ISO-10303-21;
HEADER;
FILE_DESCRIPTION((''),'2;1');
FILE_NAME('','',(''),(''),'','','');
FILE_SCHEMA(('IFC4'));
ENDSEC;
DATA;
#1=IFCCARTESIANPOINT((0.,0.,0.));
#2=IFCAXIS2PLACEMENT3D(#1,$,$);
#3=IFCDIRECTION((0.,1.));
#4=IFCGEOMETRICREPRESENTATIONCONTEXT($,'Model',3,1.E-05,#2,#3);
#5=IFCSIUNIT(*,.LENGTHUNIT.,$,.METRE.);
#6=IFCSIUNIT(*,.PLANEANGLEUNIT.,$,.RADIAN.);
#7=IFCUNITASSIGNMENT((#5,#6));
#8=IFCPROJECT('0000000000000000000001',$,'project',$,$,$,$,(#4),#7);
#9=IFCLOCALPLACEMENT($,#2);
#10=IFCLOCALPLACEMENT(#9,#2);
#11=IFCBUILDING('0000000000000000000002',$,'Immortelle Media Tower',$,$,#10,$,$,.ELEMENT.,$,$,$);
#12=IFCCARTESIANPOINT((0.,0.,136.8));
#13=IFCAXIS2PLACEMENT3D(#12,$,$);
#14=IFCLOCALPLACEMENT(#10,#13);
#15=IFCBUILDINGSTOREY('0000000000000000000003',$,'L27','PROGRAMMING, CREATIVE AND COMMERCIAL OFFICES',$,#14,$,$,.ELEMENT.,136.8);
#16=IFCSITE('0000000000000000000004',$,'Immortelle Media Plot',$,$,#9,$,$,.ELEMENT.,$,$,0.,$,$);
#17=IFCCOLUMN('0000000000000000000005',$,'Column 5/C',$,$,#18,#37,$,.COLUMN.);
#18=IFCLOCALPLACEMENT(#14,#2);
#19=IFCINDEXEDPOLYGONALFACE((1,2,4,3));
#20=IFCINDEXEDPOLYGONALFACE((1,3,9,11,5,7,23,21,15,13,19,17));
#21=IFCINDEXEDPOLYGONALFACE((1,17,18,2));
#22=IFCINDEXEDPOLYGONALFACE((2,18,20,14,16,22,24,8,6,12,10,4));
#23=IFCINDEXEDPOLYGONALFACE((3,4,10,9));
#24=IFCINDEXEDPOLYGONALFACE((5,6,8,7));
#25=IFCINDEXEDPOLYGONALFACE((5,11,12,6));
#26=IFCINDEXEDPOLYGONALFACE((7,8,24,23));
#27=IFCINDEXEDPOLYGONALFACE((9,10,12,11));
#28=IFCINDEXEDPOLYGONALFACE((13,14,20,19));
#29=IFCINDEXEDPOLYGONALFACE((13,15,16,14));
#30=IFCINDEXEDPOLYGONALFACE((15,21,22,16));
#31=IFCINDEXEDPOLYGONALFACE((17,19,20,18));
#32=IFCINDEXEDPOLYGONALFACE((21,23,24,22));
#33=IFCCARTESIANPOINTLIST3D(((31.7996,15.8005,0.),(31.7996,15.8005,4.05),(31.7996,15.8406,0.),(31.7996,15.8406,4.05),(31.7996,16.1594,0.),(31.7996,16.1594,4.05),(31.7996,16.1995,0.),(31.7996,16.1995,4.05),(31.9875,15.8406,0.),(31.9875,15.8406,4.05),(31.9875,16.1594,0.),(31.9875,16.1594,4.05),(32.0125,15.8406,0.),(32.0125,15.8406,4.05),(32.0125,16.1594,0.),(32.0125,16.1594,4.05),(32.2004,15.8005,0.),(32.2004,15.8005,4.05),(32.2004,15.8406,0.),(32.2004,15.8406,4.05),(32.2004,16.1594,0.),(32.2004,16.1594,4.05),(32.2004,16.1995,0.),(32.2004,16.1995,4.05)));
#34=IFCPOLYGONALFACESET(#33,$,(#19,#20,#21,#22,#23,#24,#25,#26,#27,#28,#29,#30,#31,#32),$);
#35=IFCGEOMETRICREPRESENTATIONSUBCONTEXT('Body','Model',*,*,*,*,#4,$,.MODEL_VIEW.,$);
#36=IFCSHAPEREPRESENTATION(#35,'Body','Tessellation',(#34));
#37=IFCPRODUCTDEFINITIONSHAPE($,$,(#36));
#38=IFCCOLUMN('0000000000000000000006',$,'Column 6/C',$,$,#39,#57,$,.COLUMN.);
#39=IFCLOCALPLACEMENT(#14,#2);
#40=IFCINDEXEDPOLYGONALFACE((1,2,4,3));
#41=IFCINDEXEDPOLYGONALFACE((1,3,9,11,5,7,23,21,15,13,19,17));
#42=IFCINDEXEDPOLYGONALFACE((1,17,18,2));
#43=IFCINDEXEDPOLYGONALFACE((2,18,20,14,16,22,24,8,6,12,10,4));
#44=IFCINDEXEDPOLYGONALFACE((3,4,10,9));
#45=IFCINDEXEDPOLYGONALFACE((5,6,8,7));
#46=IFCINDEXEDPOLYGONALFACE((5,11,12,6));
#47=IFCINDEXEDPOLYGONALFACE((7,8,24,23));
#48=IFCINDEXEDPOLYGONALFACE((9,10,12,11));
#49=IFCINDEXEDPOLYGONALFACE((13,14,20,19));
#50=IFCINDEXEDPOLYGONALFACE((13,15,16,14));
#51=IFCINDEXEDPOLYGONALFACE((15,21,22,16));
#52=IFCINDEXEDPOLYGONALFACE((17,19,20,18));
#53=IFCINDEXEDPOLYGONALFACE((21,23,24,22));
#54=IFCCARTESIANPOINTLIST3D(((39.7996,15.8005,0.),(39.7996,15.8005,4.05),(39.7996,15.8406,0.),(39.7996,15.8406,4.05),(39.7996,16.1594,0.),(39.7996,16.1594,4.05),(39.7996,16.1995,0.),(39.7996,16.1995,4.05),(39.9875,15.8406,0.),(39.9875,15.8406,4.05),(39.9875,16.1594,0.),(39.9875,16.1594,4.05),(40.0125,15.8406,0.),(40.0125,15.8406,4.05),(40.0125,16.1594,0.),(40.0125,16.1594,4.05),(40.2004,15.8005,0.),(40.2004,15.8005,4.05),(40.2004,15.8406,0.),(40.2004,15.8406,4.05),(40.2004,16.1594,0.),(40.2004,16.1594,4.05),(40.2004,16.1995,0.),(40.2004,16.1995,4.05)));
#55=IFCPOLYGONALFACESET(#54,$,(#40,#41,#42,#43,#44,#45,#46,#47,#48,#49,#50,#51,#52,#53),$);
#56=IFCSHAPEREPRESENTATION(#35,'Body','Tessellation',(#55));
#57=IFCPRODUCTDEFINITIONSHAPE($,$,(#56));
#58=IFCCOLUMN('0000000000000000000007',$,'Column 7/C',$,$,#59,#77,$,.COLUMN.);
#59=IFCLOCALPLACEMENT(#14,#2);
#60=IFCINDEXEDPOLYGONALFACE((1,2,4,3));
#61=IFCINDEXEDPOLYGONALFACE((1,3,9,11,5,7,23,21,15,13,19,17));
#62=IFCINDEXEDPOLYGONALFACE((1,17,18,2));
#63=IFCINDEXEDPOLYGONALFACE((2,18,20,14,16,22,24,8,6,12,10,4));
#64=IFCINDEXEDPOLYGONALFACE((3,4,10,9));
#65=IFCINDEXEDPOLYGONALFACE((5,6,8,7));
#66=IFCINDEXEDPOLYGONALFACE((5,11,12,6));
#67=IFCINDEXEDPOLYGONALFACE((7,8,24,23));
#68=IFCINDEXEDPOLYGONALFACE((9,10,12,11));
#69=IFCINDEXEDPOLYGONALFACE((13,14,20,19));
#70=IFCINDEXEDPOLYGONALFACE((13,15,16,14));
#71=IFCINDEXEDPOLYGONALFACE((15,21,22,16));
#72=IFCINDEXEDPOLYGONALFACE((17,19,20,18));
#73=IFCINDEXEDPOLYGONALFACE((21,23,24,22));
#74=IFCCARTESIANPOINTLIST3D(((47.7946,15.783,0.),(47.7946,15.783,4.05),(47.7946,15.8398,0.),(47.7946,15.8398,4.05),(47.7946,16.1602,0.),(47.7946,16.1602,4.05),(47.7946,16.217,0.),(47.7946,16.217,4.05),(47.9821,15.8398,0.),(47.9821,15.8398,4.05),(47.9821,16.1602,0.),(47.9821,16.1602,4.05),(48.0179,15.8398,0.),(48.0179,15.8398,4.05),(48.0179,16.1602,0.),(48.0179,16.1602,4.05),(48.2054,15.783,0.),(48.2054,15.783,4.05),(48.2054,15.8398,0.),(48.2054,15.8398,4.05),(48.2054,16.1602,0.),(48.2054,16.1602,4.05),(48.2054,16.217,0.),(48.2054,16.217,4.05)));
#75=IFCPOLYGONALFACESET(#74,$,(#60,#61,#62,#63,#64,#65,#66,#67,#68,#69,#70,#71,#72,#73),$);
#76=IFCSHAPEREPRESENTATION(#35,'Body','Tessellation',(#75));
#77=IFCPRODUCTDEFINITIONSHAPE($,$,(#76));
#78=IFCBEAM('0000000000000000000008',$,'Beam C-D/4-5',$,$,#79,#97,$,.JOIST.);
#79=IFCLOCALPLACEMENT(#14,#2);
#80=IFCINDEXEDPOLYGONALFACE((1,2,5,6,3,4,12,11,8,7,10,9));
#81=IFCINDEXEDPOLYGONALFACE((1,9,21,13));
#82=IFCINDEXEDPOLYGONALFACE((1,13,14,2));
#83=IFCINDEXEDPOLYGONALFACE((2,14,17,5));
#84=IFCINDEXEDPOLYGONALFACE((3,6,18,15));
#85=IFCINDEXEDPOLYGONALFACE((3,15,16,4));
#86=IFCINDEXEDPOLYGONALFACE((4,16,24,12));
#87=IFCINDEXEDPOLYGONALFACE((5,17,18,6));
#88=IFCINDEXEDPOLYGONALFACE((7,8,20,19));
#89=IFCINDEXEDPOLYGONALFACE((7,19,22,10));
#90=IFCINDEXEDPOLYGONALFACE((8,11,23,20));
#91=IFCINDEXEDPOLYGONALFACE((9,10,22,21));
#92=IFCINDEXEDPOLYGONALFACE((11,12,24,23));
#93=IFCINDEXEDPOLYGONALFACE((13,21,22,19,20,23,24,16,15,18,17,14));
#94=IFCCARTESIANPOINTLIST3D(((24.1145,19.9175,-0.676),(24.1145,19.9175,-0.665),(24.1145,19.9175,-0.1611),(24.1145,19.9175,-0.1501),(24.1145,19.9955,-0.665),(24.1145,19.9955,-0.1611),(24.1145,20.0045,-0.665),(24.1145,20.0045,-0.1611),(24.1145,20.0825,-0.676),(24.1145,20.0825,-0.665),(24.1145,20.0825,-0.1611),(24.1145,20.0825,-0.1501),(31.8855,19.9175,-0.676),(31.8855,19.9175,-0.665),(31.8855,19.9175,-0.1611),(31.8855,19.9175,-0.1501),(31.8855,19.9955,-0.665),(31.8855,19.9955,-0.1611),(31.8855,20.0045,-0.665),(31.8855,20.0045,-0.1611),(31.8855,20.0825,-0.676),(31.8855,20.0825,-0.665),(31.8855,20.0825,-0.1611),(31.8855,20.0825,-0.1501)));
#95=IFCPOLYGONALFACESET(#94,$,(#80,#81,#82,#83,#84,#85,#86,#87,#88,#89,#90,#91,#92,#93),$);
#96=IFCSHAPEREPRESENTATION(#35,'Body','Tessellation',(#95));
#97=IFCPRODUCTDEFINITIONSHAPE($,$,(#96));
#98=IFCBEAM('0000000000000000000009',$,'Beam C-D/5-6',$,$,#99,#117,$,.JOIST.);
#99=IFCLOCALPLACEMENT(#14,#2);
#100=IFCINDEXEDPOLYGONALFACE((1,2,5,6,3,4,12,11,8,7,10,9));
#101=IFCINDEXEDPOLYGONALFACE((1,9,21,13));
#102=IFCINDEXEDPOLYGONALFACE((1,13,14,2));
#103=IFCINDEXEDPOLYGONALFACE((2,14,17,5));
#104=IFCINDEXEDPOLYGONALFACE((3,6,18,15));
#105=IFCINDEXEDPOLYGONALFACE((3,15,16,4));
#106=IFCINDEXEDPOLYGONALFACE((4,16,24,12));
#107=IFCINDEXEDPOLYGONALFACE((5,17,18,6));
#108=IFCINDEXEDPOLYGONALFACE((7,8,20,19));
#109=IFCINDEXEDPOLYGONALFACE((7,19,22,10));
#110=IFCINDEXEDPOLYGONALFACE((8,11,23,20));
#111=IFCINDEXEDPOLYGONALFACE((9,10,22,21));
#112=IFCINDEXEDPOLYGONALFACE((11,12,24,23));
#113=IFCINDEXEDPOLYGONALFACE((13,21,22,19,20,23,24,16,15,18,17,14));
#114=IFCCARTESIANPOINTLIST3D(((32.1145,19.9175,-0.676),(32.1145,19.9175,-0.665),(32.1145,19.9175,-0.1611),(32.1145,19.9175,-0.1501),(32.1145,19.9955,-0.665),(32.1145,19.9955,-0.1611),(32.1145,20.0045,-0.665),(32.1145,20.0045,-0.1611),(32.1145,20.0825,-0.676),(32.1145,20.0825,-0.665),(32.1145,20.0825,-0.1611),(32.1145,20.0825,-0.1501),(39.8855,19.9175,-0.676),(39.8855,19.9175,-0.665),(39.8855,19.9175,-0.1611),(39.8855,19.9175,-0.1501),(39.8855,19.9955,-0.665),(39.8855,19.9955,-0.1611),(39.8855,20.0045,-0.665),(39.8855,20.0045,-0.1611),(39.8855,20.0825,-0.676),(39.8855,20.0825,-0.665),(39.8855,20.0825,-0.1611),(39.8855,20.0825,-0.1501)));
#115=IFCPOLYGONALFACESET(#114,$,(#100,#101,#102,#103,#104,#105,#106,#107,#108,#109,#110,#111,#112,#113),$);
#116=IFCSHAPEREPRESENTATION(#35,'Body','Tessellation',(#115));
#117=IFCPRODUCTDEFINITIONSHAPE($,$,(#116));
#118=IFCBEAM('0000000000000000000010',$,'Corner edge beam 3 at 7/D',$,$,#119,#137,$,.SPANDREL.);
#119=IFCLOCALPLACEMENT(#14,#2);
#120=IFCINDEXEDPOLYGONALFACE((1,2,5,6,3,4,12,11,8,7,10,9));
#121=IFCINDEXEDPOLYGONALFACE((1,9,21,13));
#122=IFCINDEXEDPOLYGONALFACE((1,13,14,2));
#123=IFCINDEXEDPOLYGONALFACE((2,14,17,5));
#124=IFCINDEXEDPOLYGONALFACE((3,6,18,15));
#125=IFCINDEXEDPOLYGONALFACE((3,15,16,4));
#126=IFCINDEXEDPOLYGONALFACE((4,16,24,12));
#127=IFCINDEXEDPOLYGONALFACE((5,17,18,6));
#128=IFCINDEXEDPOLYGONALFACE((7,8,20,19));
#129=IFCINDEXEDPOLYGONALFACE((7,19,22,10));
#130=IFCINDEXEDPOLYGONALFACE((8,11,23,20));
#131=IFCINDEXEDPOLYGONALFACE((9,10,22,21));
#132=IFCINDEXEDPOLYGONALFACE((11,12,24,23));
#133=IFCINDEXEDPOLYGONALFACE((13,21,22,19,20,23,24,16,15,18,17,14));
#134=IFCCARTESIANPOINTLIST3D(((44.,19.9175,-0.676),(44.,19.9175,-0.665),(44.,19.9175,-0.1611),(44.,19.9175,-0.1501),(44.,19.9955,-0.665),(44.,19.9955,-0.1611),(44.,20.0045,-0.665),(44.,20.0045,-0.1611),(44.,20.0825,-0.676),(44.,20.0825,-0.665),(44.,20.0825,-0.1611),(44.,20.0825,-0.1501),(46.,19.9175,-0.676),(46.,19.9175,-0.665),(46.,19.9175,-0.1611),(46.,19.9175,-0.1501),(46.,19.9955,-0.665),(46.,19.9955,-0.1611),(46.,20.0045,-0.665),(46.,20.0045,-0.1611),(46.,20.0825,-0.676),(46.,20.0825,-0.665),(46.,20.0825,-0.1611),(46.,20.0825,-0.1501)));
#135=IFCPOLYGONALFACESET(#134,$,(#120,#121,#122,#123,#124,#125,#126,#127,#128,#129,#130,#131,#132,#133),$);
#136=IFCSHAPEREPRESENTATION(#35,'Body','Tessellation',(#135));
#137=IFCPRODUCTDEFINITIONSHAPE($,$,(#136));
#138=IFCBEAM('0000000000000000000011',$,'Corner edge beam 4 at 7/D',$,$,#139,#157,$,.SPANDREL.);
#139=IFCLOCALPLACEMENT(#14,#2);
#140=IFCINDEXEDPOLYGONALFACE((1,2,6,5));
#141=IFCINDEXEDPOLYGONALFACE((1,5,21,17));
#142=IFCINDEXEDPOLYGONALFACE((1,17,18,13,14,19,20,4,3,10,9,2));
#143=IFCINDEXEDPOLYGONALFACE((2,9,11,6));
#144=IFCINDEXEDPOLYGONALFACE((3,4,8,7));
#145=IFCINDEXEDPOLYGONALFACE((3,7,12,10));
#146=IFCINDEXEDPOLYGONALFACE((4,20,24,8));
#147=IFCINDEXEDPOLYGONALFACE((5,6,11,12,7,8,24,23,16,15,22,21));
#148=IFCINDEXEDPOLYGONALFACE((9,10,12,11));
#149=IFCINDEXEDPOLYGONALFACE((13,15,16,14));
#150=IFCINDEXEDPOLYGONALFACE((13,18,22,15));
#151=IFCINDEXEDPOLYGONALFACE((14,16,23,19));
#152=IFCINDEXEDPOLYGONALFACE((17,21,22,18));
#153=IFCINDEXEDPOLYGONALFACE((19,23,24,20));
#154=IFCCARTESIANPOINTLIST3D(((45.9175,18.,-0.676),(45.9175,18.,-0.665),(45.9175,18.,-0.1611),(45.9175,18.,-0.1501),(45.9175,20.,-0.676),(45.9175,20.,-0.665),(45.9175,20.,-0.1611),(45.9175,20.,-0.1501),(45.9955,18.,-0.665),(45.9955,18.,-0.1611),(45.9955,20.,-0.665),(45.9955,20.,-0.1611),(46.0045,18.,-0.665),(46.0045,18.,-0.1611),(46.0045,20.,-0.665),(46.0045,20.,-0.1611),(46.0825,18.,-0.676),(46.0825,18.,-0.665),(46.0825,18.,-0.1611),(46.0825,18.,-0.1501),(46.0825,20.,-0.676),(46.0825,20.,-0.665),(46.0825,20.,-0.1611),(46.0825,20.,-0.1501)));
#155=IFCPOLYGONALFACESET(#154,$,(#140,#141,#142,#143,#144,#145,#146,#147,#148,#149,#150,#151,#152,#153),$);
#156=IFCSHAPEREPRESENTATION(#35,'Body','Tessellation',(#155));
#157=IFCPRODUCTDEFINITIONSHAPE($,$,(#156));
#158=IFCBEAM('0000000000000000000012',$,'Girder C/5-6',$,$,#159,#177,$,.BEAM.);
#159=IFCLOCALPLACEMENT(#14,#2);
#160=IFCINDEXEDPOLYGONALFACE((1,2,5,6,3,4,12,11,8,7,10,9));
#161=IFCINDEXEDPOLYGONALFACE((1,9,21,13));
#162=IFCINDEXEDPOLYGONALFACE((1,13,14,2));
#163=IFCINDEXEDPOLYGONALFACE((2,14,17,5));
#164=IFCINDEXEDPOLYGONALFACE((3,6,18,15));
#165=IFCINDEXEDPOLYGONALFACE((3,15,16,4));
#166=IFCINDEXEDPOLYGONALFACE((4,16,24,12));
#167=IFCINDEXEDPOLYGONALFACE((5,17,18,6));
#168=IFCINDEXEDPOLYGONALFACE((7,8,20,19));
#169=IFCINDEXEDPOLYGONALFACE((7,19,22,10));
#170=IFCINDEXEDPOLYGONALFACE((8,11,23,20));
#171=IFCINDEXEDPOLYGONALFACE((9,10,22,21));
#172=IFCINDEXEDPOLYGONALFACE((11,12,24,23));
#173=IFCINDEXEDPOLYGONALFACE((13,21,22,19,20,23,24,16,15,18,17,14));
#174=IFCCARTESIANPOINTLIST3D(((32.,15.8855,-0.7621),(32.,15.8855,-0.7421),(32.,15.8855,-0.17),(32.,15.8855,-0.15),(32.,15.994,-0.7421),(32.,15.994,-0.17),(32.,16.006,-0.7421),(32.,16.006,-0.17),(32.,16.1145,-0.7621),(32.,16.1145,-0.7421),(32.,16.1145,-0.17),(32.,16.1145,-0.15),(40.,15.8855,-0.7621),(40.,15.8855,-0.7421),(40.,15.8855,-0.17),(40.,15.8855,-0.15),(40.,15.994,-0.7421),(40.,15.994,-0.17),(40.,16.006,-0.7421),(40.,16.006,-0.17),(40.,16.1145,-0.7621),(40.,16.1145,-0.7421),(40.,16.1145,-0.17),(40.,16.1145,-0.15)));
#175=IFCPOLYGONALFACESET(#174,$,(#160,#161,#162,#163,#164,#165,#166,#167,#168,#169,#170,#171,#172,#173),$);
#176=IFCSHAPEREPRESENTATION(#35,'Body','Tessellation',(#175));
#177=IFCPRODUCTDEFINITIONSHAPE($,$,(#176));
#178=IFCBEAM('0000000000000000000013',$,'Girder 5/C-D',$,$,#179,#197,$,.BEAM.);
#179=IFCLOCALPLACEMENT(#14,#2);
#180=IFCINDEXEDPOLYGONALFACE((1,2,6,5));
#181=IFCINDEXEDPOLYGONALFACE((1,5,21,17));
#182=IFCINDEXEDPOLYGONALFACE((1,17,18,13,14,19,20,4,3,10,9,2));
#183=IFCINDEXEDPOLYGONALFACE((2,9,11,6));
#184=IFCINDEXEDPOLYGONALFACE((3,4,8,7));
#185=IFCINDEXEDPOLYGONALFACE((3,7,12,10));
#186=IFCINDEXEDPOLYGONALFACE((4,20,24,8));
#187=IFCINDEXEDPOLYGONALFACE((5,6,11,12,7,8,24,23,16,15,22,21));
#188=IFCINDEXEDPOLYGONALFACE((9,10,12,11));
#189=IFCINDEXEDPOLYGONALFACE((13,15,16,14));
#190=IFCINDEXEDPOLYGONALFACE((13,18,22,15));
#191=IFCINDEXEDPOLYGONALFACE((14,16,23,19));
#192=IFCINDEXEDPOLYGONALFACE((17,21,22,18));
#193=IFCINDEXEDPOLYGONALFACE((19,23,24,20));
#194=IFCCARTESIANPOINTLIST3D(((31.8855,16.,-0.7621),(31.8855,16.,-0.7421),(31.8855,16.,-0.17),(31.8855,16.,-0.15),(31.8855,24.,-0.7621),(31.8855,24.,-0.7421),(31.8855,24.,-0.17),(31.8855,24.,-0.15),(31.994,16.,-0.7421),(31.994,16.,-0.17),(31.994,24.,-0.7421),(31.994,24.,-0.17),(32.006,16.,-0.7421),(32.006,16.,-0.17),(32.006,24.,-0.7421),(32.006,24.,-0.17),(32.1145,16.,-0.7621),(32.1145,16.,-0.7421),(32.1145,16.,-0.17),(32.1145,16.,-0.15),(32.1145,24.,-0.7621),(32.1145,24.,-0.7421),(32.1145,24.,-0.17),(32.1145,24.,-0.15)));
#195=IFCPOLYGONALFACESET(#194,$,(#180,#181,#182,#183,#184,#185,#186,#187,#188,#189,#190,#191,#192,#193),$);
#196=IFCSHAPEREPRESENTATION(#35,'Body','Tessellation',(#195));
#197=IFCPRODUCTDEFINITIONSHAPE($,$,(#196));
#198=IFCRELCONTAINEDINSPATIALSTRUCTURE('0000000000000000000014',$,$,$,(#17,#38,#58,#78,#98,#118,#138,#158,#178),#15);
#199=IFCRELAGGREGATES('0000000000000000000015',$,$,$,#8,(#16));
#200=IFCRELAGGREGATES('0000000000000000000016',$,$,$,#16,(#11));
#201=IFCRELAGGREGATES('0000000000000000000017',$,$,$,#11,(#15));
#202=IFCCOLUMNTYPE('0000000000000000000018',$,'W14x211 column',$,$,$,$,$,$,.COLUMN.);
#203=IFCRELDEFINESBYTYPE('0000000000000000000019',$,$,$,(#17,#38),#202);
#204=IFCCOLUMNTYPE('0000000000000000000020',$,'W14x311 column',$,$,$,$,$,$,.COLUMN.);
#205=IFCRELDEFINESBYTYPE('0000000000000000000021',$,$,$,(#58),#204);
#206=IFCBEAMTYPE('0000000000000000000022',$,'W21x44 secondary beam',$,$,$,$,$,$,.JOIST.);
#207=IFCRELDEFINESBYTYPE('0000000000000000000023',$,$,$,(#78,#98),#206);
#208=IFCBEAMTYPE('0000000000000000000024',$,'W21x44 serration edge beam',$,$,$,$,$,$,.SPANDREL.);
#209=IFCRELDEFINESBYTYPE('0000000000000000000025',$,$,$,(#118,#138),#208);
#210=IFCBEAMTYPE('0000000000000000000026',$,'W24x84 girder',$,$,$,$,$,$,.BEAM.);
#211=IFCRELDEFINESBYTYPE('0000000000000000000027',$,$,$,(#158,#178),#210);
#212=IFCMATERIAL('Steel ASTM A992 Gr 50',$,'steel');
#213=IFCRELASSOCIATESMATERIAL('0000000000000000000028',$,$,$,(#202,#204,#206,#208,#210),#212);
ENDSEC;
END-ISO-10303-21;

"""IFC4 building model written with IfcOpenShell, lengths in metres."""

from ifc_helpers import new_model, si_unit, direction, frame, origin, origin_2d, place, context, subcontext, project, spatial, i_section, extrude, material, material_profile, profile_set, type_object, element, save


model = new_model("IFC4")

# Units and contexts
model_context = context("Model", 3, precision=1e-05, world=origin(), true_north=direction((0.0, 1.0)))
body_context = subcontext(model_context, "Body", "Model", "MODEL_VIEW")
ifc_project = project(units=[si_unit("LENGTHUNIT", "METRE"), si_unit("PLANEANGLEUNIT", "RADIAN")], contexts=[model_context])

# Site, building, storey
site_placement = place(None, origin())
site = spatial("IfcSite", under=ifc_project, at=site_placement, Name="Immortelle Media Plot", CompositionType="ELEMENT", RefElevation=0.0)
building_placement = place(site_placement, origin())
building = spatial("IfcBuilding", under=site, at=building_placement, Name="Immortelle Media Tower", CompositionType="ELEMENT")
storey_placement = place(building_placement, frame((0.0, 0.0, 136.8)))
storey = spatial("IfcBuildingStorey", under=building, at=storey_placement, Name="L27", Description="PROGRAMMING, CREATIVE AND COMMERCIAL OFFICES", CompositionType="ELEMENT", Elevation=136.8)

# Columns
ifc_material_1 = material(Name="Steel ASTM A992 Gr 50", Category="steel")
ifc_material_profile_1 = material_profile(ifc_material_1, i_section(OverallWidth=0.4009, OverallDepth=0.3989, WebThickness=0.0249, FlangeThickness=0.04, at=origin_2d()), Name="W14x211")
ifc_profile_set_1 = profile_set([ifc_material_profile_1], Name="Steel ASTM A992 Gr 50")
column_type_1 = type_object("IfcColumnType", Name="W14x211 column", PredefinedType="COLUMN", material=ifc_profile_set_1)
for number, where, z_axis, x_axis, name in (
    (1, (32.0, 16.0, 0.0), (0.0, 0.0, 1.0), (1.0, 0.0, 0.0), "Column 5/C"),
    (2, (40.0, 16.0, 0.0), (0.0, 0.0, 1.0), (1.0, 0.0, 0.0), "Column 6/C"),
):
    element("IfcColumn", number, at=place(storey_placement, frame(where, z_axis=z_axis, x_axis=x_axis)), inside=storey, type_object=column_type_1, Name=name, PredefinedType="COLUMN", context=body_context, shape_type="SweptSolid", body=[
        extrude(i_section(OverallWidth=0.4009, OverallDepth=0.3989, WebThickness=0.0249, FlangeThickness=0.04, at=origin_2d()), origin(), (0.0, 0.0, 1.0), 4.05),
    ])
ifc_material_profile_2 = material_profile(ifc_material_1, i_section(OverallWidth=0.4109, OverallDepth=0.4341, WebThickness=0.0359, FlangeThickness=0.0569, at=origin_2d()), Name="W14x311")
ifc_profile_set_2 = profile_set([ifc_material_profile_2], Name="Steel ASTM A992 Gr 50")
column_type_2 = type_object("IfcColumnType", Name="W14x311 column", PredefinedType="COLUMN", material=ifc_profile_set_2)
column_placement = place(storey_placement, frame((48.0, 16.0, 0.0), z_axis=(0.0, 0.0, 1.0), x_axis=(1.0, 0.0, 0.0)))
element("IfcColumn", 3, at=column_placement, inside=storey, type_object=column_type_2, Name="Column 7/C", PredefinedType="COLUMN", context=body_context, shape_type="SweptSolid", body=[
    extrude(i_section(OverallWidth=0.4109, OverallDepth=0.4341, WebThickness=0.0359, FlangeThickness=0.0569, at=origin_2d()), origin(), (0.0, 0.0, 1.0), 4.05),
])

# Beams
ifc_material_profile_3 = material_profile(ifc_material_1, i_section(OverallWidth=0.165, OverallDepth=0.5259, WebThickness=0.009, FlangeThickness=0.011, at=origin_2d()), Name="W21x44")
ifc_profile_set_3 = profile_set([ifc_material_profile_3], Name="Steel ASTM A992 Gr 50")
beam_type_1 = type_object("IfcBeamType", Name="W21x44 secondary beam", PredefinedType="JOIST", material=ifc_profile_set_3)
for number, where, z_axis, x_axis, name in (
    (4, (24.1145, 20.0, -0.4131), (1.0, 0.0, 0.0), (0.0, 1.0, 0.0), "Beam C-D/4-5"),
    (5, (32.1145, 20.0, -0.4131), (1.0, 0.0, 0.0), (0.0, 1.0, 0.0), "Beam C-D/5-6"),
):
    element("IfcBeam", number, at=place(storey_placement, frame(where, z_axis=z_axis, x_axis=x_axis)), inside=storey, type_object=beam_type_1, Name=name, PredefinedType="JOIST", context=body_context, shape_type="SweptSolid", body=[
        extrude(i_section(OverallWidth=0.165, OverallDepth=0.5259, WebThickness=0.009, FlangeThickness=0.011, at=origin_2d()), origin(), (0.0, 0.0, 1.0), 7.771),
    ])
ifc_material_profile_4 = material_profile(ifc_material_1, i_section(OverallWidth=0.165, OverallDepth=0.5259, WebThickness=0.009, FlangeThickness=0.011, at=origin_2d()), Name="W21x44")
ifc_profile_set_4 = profile_set([ifc_material_profile_4], Name="Steel ASTM A992 Gr 50")
beam_type_2 = type_object("IfcBeamType", Name="W21x44 serration edge beam", PredefinedType="SPANDREL", material=ifc_profile_set_4)
for number, where, z_axis, x_axis, name in (
    (6, (44.0, 20.0, -0.4131), (1.0, 0.0, 0.0), (0.0, 1.0, 0.0), "Corner edge beam 3 at 7/D"),
    (7, (46.0, 20.0, -0.4131), (0.0, -1.0, 0.0), (1.0, 0.0, 0.0), "Corner edge beam 4 at 7/D"),
):
    element("IfcBeam", number, at=place(storey_placement, frame(where, z_axis=z_axis, x_axis=x_axis)), inside=storey, type_object=beam_type_2, Name=name, PredefinedType="SPANDREL", context=body_context, shape_type="SweptSolid", body=[
        extrude(i_section(OverallWidth=0.165, OverallDepth=0.5259, WebThickness=0.009, FlangeThickness=0.011, at=origin_2d()), origin(), (0.0, 0.0, 1.0), 2.0),
    ])
ifc_material_profile_5 = material_profile(ifc_material_1, i_section(OverallWidth=0.229, OverallDepth=0.6121, WebThickness=0.012, FlangeThickness=0.02, at=origin_2d()), Name="W24x84")
ifc_profile_set_5 = profile_set([ifc_material_profile_5], Name="Steel ASTM A992 Gr 50")
beam_type_3 = type_object("IfcBeamType", Name="W24x84 girder", PredefinedType="BEAM", material=ifc_profile_set_5)
for number, where, z_axis, x_axis, name in (
    (8, (32.0, 16.0, -0.4561), (1.0, 0.0, 0.0), (0.0, 1.0, 0.0), "Girder C/5-6"),
    (9, (32.0, 16.0, -0.4561), (0.0, 1.0, 0.0), (-1.0, 0.0, 0.0), "Girder 5/C-D"),
):
    element("IfcBeam", number, at=place(storey_placement, frame(where, z_axis=z_axis, x_axis=x_axis)), inside=storey, type_object=beam_type_3, Name=name, PredefinedType="BEAM", context=body_context, shape_type="SweptSolid", body=[
        extrude(i_section(OverallWidth=0.229, OverallDepth=0.6121, WebThickness=0.012, FlangeThickness=0.02, at=origin_2d()), origin(), (0.0, 0.0, 1.0), 8.0),
    ])

save(model, "model.ifc")
